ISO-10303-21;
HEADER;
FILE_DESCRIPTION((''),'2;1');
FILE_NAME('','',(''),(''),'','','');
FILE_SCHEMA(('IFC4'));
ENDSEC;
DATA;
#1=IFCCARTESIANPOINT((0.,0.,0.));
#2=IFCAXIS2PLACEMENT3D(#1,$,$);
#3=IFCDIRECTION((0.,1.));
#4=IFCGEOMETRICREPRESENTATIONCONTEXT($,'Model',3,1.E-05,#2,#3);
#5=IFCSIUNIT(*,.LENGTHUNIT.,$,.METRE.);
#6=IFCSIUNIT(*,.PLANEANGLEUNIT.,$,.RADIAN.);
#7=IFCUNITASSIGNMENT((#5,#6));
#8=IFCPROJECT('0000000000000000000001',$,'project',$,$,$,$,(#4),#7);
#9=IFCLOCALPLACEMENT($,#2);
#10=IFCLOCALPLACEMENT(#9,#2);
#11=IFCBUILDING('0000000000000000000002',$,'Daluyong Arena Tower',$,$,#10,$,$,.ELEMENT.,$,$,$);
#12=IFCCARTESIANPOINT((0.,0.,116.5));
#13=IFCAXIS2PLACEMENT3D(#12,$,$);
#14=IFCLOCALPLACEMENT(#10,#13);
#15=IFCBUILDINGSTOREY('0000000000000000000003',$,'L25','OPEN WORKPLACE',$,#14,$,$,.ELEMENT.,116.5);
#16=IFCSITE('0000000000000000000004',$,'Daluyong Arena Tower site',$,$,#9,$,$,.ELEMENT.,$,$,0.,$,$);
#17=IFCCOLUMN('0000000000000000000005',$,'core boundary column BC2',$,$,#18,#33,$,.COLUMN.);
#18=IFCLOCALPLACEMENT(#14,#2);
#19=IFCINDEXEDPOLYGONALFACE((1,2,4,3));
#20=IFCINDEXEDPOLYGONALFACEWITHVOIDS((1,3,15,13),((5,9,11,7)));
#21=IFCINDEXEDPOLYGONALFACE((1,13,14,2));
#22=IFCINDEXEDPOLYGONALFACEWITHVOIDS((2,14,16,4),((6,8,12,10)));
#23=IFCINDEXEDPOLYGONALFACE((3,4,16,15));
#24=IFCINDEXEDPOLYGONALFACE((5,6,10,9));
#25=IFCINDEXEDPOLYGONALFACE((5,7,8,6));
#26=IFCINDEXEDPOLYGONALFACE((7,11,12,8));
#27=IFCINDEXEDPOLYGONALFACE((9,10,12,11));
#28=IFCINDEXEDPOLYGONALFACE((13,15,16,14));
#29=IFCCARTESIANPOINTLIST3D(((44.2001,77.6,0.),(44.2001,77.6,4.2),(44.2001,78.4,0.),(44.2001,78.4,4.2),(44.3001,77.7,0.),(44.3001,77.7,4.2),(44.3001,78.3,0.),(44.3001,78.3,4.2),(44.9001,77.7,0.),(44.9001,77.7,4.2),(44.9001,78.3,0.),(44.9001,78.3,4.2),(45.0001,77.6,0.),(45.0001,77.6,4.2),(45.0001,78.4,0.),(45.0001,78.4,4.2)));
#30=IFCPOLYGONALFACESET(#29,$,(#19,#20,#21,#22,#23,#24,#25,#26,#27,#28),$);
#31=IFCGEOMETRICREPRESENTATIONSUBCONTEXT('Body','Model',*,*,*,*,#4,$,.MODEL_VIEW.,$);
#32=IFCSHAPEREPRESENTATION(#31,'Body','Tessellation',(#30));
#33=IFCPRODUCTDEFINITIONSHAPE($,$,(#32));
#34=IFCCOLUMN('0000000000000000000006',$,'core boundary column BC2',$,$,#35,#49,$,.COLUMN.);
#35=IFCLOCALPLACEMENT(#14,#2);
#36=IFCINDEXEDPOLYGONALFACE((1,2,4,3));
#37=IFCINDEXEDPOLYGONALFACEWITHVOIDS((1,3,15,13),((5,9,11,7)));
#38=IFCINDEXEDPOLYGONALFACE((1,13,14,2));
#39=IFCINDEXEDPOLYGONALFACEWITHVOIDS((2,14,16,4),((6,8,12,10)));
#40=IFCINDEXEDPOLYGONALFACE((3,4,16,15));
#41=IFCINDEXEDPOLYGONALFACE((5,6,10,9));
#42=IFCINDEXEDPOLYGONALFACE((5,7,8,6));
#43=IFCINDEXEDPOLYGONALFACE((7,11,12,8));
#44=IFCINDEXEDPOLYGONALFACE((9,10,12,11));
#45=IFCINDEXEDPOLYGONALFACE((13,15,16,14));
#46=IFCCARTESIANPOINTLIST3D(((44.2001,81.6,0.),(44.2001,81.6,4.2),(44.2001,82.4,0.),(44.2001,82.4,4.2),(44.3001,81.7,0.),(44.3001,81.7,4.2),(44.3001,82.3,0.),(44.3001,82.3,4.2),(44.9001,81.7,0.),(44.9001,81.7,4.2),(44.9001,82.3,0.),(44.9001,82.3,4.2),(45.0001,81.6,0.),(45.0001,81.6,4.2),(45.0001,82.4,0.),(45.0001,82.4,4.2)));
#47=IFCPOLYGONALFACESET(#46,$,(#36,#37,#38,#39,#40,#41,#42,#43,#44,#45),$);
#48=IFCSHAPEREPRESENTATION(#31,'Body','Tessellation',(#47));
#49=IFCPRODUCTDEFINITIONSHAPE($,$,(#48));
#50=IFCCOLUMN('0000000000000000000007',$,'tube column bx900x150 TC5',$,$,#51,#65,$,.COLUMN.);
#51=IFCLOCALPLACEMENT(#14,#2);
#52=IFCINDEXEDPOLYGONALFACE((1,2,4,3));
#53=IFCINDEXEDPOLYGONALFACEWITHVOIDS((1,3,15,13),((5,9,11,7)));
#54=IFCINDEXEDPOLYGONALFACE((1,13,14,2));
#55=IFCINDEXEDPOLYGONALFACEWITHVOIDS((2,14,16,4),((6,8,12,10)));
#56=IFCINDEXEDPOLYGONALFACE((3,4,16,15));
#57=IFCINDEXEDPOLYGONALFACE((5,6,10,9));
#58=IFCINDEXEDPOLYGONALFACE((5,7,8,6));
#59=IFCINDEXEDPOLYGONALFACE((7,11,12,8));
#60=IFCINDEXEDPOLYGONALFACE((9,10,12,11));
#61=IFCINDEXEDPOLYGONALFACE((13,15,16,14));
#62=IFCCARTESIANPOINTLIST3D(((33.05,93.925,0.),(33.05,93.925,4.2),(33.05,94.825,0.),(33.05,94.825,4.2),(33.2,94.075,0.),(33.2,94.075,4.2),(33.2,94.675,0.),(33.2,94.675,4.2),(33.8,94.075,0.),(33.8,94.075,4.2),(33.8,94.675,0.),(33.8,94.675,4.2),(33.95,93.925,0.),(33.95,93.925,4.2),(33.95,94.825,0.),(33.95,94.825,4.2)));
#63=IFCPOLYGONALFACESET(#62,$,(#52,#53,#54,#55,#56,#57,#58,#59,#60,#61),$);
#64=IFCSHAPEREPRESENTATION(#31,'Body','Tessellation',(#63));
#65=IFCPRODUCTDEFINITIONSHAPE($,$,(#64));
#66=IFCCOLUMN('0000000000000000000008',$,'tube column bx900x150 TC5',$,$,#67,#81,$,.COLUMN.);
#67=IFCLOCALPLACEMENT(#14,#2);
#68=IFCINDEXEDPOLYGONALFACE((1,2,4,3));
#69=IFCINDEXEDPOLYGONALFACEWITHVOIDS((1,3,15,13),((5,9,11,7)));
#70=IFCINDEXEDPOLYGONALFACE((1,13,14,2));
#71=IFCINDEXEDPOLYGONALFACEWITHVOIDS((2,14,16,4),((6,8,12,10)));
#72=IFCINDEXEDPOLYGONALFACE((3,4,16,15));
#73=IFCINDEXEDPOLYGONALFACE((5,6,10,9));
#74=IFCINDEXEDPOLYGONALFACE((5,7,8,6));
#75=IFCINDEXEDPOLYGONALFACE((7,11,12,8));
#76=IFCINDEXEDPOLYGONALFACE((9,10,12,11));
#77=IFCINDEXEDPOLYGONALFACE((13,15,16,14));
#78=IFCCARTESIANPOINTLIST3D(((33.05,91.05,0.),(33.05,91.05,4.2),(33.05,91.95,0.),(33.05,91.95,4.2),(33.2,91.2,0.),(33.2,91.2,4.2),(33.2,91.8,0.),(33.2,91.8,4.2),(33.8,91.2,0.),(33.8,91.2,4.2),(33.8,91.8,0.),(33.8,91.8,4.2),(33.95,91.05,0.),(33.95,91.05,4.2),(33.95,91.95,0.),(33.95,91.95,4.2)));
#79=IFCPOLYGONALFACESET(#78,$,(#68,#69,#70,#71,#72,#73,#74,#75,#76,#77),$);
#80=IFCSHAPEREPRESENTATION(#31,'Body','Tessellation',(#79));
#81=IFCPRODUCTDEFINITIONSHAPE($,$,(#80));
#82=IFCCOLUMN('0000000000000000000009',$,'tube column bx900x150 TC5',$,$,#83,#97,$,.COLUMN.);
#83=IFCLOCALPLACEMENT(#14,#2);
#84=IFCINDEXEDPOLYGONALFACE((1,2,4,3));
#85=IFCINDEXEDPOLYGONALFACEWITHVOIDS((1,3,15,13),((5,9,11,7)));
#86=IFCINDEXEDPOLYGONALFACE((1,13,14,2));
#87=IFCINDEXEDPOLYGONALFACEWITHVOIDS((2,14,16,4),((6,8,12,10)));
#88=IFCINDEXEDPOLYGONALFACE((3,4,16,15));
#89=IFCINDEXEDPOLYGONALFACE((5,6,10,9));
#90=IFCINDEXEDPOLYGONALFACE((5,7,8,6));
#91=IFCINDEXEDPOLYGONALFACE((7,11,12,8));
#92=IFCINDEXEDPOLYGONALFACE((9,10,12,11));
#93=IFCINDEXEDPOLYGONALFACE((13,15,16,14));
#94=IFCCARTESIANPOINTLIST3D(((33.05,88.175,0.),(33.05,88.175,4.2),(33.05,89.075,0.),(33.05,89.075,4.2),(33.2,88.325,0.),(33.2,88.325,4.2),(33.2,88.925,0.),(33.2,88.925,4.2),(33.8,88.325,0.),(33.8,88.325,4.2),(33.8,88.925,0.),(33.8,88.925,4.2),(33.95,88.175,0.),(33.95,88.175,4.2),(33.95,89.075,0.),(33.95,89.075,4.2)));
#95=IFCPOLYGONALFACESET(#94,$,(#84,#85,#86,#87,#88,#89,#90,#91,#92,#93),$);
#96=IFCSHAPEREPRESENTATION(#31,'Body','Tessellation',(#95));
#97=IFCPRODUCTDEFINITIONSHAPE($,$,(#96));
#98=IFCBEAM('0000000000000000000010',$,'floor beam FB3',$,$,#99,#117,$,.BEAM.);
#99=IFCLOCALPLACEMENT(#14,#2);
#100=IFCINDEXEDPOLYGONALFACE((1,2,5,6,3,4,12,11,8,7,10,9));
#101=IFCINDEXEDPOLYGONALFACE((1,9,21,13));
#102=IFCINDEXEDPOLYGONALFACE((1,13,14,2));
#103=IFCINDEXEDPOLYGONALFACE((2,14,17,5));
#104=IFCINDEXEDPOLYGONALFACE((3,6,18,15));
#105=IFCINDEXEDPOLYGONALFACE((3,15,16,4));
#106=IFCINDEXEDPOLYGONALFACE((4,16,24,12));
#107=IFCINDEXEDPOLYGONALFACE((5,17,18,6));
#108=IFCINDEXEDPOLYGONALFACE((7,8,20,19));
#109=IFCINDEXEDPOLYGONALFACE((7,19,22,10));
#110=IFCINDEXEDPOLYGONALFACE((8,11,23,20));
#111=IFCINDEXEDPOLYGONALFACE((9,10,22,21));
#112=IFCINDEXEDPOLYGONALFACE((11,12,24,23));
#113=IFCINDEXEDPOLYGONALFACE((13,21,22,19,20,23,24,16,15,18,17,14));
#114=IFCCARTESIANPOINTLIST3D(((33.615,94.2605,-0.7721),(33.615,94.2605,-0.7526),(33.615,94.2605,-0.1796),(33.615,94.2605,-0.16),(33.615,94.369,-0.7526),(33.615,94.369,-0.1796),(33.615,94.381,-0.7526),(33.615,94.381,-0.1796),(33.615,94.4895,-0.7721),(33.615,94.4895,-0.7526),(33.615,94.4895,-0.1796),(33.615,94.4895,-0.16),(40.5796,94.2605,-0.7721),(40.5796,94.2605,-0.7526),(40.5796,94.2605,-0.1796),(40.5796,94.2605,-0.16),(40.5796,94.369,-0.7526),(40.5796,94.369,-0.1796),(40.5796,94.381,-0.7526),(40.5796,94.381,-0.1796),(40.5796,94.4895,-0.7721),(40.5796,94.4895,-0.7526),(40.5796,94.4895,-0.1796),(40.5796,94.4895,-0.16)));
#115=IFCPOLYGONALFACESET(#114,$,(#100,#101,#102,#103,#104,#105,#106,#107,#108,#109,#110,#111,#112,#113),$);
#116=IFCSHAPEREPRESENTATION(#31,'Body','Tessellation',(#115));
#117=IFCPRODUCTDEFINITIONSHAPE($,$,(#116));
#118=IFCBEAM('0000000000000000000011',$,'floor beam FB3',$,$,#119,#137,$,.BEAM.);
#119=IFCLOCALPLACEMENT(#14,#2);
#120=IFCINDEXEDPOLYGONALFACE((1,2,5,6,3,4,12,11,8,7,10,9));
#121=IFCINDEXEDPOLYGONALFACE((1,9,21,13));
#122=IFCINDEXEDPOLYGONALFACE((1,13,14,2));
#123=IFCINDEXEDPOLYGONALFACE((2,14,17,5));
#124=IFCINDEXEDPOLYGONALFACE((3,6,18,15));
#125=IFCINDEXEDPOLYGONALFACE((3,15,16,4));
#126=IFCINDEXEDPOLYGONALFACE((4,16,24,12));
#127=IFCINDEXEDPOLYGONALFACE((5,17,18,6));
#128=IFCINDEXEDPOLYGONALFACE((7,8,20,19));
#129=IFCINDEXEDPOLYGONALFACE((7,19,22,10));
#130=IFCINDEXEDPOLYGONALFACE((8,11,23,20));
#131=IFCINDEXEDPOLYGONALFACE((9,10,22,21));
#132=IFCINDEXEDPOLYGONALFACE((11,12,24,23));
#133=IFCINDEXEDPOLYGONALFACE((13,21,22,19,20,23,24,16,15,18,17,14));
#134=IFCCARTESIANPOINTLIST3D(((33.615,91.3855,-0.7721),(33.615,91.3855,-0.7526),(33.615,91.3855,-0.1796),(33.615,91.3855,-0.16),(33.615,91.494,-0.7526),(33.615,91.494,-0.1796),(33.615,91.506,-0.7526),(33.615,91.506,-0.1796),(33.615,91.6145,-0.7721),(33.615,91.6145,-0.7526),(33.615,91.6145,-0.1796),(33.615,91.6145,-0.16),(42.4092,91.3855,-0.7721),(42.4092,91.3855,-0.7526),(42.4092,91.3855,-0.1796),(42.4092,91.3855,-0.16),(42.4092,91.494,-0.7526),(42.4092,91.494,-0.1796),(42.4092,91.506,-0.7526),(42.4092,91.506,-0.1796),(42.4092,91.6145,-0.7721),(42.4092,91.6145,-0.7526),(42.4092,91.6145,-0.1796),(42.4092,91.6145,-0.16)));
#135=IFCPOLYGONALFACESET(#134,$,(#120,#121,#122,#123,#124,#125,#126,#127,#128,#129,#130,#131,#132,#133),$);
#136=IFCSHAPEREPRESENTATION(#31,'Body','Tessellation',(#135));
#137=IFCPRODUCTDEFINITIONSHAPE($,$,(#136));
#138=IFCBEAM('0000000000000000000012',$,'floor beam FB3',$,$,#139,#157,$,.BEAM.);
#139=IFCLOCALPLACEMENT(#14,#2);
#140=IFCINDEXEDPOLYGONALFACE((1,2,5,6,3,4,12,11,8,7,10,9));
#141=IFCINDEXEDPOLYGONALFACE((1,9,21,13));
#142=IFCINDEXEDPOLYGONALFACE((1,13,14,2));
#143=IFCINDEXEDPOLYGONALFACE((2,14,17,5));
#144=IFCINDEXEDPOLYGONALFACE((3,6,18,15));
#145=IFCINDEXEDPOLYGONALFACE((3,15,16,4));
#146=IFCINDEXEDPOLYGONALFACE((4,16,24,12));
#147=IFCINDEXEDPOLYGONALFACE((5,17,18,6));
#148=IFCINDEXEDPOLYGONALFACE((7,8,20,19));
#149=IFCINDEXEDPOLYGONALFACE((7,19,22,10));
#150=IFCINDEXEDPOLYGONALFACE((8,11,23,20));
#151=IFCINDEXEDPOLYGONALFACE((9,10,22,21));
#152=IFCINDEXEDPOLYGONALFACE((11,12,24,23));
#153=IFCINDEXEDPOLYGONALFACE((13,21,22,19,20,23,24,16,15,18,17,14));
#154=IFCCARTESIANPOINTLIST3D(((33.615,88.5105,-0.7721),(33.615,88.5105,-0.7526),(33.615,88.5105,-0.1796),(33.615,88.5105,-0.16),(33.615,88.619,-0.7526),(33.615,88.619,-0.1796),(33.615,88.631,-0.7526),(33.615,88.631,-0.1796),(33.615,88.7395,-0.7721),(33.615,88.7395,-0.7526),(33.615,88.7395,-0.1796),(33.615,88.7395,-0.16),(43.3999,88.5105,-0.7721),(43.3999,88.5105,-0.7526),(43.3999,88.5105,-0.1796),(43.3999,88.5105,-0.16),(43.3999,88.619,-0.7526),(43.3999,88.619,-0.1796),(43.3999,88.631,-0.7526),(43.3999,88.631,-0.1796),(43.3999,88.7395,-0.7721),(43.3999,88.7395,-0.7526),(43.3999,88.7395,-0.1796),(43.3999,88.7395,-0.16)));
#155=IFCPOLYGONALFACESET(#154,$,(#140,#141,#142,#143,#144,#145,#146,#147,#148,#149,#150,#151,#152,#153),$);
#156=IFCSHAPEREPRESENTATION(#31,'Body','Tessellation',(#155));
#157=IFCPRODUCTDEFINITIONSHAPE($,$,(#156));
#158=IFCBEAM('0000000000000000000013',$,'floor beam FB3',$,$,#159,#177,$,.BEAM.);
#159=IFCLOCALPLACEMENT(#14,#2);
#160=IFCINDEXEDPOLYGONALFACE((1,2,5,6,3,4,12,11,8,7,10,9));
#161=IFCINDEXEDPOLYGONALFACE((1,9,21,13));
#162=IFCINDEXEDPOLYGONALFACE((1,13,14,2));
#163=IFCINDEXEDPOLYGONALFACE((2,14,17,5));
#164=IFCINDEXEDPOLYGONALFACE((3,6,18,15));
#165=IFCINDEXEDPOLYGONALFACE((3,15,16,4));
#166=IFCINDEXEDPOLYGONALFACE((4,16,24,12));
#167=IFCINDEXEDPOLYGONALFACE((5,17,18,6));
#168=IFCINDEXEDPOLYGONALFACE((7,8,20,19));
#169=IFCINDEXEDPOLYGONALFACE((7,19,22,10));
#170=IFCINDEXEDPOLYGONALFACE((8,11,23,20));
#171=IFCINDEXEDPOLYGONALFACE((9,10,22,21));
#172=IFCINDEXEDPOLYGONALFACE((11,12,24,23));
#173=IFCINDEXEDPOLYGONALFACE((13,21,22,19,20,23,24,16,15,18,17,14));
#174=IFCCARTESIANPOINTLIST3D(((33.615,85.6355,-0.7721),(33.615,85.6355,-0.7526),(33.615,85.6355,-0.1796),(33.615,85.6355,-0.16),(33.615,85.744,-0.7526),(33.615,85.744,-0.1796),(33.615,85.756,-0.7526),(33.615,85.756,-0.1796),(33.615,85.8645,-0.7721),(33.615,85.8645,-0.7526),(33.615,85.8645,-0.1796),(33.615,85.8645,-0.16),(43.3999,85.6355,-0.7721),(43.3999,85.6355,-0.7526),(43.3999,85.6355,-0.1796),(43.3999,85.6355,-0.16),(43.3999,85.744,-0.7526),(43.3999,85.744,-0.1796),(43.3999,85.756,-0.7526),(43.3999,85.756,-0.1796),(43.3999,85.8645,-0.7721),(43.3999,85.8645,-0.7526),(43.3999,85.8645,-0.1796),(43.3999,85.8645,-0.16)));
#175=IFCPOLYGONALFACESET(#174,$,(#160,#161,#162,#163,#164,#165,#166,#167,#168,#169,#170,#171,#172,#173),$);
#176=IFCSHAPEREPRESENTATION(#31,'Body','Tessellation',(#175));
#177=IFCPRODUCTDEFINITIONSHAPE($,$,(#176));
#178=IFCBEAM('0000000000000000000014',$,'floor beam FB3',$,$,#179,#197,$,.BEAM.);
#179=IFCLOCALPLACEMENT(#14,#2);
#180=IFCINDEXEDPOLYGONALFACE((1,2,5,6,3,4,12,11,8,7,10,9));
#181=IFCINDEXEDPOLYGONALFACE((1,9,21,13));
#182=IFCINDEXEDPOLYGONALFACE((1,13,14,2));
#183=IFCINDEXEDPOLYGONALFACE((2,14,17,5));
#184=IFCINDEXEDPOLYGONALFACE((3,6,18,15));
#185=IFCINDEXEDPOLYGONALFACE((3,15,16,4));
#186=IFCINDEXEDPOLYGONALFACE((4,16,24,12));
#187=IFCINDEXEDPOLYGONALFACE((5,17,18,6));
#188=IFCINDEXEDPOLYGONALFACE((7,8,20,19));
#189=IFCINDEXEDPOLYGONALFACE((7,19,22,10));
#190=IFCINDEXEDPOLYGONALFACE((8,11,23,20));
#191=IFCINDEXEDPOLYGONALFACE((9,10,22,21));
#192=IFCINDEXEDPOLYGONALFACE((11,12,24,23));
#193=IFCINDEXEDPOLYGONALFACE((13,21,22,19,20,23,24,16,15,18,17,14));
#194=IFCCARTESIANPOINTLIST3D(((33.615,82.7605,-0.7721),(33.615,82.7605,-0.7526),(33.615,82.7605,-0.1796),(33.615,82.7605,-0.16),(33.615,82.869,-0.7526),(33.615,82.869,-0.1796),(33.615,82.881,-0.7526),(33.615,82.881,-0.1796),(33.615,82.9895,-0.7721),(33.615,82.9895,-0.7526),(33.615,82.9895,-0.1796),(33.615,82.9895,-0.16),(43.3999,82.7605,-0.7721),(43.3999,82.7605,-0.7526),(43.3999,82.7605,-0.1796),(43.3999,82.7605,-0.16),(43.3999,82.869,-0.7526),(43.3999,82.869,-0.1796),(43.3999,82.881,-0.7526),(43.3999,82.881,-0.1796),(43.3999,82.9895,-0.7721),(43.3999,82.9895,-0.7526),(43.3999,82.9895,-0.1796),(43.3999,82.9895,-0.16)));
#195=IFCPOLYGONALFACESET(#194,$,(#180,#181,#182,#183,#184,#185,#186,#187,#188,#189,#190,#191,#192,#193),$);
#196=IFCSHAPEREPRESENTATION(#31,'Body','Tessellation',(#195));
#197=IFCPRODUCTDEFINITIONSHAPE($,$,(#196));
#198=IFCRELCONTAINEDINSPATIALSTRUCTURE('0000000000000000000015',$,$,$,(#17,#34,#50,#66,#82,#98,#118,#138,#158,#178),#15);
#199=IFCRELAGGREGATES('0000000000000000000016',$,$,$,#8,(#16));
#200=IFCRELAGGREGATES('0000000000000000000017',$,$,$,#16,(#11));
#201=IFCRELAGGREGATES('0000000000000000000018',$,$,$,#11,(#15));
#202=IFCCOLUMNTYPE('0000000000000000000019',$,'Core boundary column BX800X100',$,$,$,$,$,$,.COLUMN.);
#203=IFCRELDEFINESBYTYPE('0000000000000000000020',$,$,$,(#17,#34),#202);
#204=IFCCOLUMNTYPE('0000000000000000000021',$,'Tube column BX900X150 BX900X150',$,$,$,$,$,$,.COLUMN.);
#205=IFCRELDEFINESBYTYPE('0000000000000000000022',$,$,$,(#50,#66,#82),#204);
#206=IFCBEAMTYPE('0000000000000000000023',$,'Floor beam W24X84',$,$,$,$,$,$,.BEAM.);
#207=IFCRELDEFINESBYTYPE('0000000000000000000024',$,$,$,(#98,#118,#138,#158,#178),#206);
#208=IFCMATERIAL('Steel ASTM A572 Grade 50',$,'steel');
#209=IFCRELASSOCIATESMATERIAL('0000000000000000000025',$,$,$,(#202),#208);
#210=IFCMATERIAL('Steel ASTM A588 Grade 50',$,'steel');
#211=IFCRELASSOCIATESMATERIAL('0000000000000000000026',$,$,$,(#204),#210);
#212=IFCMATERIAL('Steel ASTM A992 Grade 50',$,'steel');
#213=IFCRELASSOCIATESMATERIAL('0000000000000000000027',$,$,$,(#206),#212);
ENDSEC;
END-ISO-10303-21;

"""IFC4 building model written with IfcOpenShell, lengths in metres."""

from ifc_helpers import new_model, si_unit, direction, frame, origin, origin_2d, place, context, subcontext, project, spatial, hollow_rectangle, i_section, extrude, material, material_profile, profile_set, type_object, element, save


model = new_model("IFC4")

# Units and contexts
model_context = context("Model", 3, precision=1e-05, world=origin(), true_north=direction((0.0, 1.0)))
body_context = subcontext(model_context, "Body", "Model", "MODEL_VIEW")
ifc_project = project(units=[si_unit("LENGTHUNIT", "METRE"), si_unit("PLANEANGLEUNIT", "RADIAN")], contexts=[model_context])

# Site, building, storey
site_placement = place(None, origin())
site = spatial("IfcSite", under=ifc_project, at=site_placement, Name="Daluyong Arena Tower site", CompositionType="ELEMENT", RefElevation=0.0)
building_placement = place(site_placement, origin())
building = spatial("IfcBuilding", under=site, at=building_placement, Name="Daluyong Arena Tower", CompositionType="ELEMENT")
storey_placement = place(building_placement, frame((0.0, 0.0, 116.5)))
storey = spatial("IfcBuildingStorey", under=building, at=storey_placement, Name="L25", Description="OPEN WORKPLACE", CompositionType="ELEMENT", Elevation=116.5)

# Columns
ifc_material_1 = material(Name="Steel ASTM A572 Grade 50", Category="steel")
ifc_material_profile_1 = material_profile(ifc_material_1, hollow_rectangle(XDim=0.8, YDim=0.8, WallThickness=0.1, at=origin_2d()))
ifc_profile_set_1 = profile_set([ifc_material_profile_1], Name="Steel ASTM A572 Grade 50")
column_type_1 = type_object("IfcColumnType", Name="Core boundary column BX800X100", PredefinedType="COLUMN", material=ifc_profile_set_1)
for number, where, z_axis, x_axis, name in (
    (1, (44.6001, 78.0, 0.0), (0.0, 0.0, 1.0), (1.0, 0.0, 0.0), "core boundary column BC2"),
    (2, (44.6001, 82.0, 0.0), (0.0, 0.0, 1.0), (1.0, 0.0, 0.0), "core boundary column BC2"),
):
    element("IfcColumn", number, at=place(storey_placement, frame(where, z_axis=z_axis, x_axis=x_axis)), inside=storey, type_object=column_type_1, Name=name, PredefinedType="COLUMN", context=body_context, shape_type="SweptSolid", body=[
        extrude(hollow_rectangle(XDim=0.8, YDim=0.8, WallThickness=0.1, at=origin_2d()), origin(), (0.0, 0.0, 1.0), 4.2),
    ])
ifc_material_2 = material(Name="Steel ASTM A588 Grade 50", Category="steel")
ifc_material_profile_2 = material_profile(ifc_material_2, hollow_rectangle(XDim=0.8999, YDim=0.8999, WallThickness=0.15, at=origin_2d()))
ifc_profile_set_2 = profile_set([ifc_material_profile_2], Name="Steel ASTM A588 Grade 50")
column_type_2 = type_object("IfcColumnType", Name="Tube column BX900X150 BX900X150", PredefinedType="COLUMN", material=ifc_profile_set_2)
for number, where, z_axis, x_axis, name in (
    (3, (33.5, 94.375, 0.0), (0.0, 0.0, 1.0), (0.0, 1.0, 0.0), "tube column bx900x150 TC5"),
    (4, (33.5, 91.5, 0.0), (0.0, 0.0, 1.0), (0.0, 1.0, 0.0), "tube column bx900x150 TC5"),
    (5, (33.5, 88.625, 0.0), (0.0, 0.0, 1.0), (0.0, 1.0, 0.0), "tube column bx900x150 TC5"),
):
    element("IfcColumn", number, at=place(storey_placement, frame(where, z_axis=z_axis, x_axis=x_axis)), inside=storey, type_object=column_type_2, Name=name, PredefinedType="COLUMN", context=body_context, shape_type="SweptSolid", body=[
        extrude(hollow_rectangle(XDim=0.8999, YDim=0.8999, WallThickness=0.15, at=origin_2d()), origin(), (0.0, 0.0, 1.0), 4.2),
    ])

# Beams
ifc_material_3 = material(Name="Steel ASTM A992 Grade 50", Category="steel")
ifc_material_profile_3 = material_profile(ifc_material_3, i_section(OverallWidth=0.229, OverallDepth=0.6121, WebThickness=0.012, FlangeThickness=0.0195, at=origin_2d()))
ifc_profile_set_3 = profile_set([ifc_material_profile_3], Name="Steel ASTM A992 Grade 50")
beam_type_1 = type_object("IfcBeamType", Name="Floor beam W24X84", PredefinedType="BEAM", material=ifc_profile_set_3)
beam_1_placement = place(storey_placement, frame((33.615, 94.375, -0.4661), z_axis=(1.0, 0.0, 0.0), x_axis=(0.0, 1.0, 0.0)))
element("IfcBeam", 6, at=beam_1_placement, inside=storey, type_object=beam_type_1, Name="floor beam FB3", PredefinedType="BEAM", context=body_context, shape_type="SweptSolid", body=[
    extrude(i_section(OverallWidth=0.229, OverallDepth=0.6121, WebThickness=0.012, FlangeThickness=0.0195, at=origin_2d()), origin(), (0.0, 0.0, 1.0), 6.9646),
])
beam_2_placement = place(storey_placement, frame((33.615, 91.5, -0.4661), z_axis=(1.0, 0.0, 0.0), x_axis=(0.0, 1.0, 0.0)))
element("IfcBeam", 7, at=beam_2_placement, inside=storey, type_object=beam_type_1, Name="floor beam FB3", PredefinedType="BEAM", context=body_context, shape_type="SweptSolid", body=[
    extrude(i_section(OverallWidth=0.229, OverallDepth=0.6121, WebThickness=0.012, FlangeThickness=0.0195, at=origin_2d()), origin(), (0.0, 0.0, 1.0), 8.7942),
])
for number, where, z_axis, x_axis, name in (
    (8, (33.615, 88.625, -0.4661), (1.0, 0.0, 0.0), (0.0, 1.0, 0.0), "floor beam FB3"),
    (9, (33.615, 85.75, -0.4661), (1.0, 0.0, 0.0), (0.0, 1.0, 0.0), "floor beam FB3"),
    (10, (33.615, 82.875, -0.4661), (1.0, 0.0, 0.0), (0.0, 1.0, 0.0), "floor beam FB3"),
):
    element("IfcBeam", number, at=place(storey_placement, frame(where, z_axis=z_axis, x_axis=x_axis)), inside=storey, type_object=beam_type_1, Name=name, PredefinedType="BEAM", context=body_context, shape_type="SweptSolid", body=[
        extrude(i_section(OverallWidth=0.229, OverallDepth=0.6121, WebThickness=0.012, FlangeThickness=0.0195, at=origin_2d()), origin(), (0.0, 0.0, 1.0), 9.7849),
    ])

save(model, "model.ifc")
